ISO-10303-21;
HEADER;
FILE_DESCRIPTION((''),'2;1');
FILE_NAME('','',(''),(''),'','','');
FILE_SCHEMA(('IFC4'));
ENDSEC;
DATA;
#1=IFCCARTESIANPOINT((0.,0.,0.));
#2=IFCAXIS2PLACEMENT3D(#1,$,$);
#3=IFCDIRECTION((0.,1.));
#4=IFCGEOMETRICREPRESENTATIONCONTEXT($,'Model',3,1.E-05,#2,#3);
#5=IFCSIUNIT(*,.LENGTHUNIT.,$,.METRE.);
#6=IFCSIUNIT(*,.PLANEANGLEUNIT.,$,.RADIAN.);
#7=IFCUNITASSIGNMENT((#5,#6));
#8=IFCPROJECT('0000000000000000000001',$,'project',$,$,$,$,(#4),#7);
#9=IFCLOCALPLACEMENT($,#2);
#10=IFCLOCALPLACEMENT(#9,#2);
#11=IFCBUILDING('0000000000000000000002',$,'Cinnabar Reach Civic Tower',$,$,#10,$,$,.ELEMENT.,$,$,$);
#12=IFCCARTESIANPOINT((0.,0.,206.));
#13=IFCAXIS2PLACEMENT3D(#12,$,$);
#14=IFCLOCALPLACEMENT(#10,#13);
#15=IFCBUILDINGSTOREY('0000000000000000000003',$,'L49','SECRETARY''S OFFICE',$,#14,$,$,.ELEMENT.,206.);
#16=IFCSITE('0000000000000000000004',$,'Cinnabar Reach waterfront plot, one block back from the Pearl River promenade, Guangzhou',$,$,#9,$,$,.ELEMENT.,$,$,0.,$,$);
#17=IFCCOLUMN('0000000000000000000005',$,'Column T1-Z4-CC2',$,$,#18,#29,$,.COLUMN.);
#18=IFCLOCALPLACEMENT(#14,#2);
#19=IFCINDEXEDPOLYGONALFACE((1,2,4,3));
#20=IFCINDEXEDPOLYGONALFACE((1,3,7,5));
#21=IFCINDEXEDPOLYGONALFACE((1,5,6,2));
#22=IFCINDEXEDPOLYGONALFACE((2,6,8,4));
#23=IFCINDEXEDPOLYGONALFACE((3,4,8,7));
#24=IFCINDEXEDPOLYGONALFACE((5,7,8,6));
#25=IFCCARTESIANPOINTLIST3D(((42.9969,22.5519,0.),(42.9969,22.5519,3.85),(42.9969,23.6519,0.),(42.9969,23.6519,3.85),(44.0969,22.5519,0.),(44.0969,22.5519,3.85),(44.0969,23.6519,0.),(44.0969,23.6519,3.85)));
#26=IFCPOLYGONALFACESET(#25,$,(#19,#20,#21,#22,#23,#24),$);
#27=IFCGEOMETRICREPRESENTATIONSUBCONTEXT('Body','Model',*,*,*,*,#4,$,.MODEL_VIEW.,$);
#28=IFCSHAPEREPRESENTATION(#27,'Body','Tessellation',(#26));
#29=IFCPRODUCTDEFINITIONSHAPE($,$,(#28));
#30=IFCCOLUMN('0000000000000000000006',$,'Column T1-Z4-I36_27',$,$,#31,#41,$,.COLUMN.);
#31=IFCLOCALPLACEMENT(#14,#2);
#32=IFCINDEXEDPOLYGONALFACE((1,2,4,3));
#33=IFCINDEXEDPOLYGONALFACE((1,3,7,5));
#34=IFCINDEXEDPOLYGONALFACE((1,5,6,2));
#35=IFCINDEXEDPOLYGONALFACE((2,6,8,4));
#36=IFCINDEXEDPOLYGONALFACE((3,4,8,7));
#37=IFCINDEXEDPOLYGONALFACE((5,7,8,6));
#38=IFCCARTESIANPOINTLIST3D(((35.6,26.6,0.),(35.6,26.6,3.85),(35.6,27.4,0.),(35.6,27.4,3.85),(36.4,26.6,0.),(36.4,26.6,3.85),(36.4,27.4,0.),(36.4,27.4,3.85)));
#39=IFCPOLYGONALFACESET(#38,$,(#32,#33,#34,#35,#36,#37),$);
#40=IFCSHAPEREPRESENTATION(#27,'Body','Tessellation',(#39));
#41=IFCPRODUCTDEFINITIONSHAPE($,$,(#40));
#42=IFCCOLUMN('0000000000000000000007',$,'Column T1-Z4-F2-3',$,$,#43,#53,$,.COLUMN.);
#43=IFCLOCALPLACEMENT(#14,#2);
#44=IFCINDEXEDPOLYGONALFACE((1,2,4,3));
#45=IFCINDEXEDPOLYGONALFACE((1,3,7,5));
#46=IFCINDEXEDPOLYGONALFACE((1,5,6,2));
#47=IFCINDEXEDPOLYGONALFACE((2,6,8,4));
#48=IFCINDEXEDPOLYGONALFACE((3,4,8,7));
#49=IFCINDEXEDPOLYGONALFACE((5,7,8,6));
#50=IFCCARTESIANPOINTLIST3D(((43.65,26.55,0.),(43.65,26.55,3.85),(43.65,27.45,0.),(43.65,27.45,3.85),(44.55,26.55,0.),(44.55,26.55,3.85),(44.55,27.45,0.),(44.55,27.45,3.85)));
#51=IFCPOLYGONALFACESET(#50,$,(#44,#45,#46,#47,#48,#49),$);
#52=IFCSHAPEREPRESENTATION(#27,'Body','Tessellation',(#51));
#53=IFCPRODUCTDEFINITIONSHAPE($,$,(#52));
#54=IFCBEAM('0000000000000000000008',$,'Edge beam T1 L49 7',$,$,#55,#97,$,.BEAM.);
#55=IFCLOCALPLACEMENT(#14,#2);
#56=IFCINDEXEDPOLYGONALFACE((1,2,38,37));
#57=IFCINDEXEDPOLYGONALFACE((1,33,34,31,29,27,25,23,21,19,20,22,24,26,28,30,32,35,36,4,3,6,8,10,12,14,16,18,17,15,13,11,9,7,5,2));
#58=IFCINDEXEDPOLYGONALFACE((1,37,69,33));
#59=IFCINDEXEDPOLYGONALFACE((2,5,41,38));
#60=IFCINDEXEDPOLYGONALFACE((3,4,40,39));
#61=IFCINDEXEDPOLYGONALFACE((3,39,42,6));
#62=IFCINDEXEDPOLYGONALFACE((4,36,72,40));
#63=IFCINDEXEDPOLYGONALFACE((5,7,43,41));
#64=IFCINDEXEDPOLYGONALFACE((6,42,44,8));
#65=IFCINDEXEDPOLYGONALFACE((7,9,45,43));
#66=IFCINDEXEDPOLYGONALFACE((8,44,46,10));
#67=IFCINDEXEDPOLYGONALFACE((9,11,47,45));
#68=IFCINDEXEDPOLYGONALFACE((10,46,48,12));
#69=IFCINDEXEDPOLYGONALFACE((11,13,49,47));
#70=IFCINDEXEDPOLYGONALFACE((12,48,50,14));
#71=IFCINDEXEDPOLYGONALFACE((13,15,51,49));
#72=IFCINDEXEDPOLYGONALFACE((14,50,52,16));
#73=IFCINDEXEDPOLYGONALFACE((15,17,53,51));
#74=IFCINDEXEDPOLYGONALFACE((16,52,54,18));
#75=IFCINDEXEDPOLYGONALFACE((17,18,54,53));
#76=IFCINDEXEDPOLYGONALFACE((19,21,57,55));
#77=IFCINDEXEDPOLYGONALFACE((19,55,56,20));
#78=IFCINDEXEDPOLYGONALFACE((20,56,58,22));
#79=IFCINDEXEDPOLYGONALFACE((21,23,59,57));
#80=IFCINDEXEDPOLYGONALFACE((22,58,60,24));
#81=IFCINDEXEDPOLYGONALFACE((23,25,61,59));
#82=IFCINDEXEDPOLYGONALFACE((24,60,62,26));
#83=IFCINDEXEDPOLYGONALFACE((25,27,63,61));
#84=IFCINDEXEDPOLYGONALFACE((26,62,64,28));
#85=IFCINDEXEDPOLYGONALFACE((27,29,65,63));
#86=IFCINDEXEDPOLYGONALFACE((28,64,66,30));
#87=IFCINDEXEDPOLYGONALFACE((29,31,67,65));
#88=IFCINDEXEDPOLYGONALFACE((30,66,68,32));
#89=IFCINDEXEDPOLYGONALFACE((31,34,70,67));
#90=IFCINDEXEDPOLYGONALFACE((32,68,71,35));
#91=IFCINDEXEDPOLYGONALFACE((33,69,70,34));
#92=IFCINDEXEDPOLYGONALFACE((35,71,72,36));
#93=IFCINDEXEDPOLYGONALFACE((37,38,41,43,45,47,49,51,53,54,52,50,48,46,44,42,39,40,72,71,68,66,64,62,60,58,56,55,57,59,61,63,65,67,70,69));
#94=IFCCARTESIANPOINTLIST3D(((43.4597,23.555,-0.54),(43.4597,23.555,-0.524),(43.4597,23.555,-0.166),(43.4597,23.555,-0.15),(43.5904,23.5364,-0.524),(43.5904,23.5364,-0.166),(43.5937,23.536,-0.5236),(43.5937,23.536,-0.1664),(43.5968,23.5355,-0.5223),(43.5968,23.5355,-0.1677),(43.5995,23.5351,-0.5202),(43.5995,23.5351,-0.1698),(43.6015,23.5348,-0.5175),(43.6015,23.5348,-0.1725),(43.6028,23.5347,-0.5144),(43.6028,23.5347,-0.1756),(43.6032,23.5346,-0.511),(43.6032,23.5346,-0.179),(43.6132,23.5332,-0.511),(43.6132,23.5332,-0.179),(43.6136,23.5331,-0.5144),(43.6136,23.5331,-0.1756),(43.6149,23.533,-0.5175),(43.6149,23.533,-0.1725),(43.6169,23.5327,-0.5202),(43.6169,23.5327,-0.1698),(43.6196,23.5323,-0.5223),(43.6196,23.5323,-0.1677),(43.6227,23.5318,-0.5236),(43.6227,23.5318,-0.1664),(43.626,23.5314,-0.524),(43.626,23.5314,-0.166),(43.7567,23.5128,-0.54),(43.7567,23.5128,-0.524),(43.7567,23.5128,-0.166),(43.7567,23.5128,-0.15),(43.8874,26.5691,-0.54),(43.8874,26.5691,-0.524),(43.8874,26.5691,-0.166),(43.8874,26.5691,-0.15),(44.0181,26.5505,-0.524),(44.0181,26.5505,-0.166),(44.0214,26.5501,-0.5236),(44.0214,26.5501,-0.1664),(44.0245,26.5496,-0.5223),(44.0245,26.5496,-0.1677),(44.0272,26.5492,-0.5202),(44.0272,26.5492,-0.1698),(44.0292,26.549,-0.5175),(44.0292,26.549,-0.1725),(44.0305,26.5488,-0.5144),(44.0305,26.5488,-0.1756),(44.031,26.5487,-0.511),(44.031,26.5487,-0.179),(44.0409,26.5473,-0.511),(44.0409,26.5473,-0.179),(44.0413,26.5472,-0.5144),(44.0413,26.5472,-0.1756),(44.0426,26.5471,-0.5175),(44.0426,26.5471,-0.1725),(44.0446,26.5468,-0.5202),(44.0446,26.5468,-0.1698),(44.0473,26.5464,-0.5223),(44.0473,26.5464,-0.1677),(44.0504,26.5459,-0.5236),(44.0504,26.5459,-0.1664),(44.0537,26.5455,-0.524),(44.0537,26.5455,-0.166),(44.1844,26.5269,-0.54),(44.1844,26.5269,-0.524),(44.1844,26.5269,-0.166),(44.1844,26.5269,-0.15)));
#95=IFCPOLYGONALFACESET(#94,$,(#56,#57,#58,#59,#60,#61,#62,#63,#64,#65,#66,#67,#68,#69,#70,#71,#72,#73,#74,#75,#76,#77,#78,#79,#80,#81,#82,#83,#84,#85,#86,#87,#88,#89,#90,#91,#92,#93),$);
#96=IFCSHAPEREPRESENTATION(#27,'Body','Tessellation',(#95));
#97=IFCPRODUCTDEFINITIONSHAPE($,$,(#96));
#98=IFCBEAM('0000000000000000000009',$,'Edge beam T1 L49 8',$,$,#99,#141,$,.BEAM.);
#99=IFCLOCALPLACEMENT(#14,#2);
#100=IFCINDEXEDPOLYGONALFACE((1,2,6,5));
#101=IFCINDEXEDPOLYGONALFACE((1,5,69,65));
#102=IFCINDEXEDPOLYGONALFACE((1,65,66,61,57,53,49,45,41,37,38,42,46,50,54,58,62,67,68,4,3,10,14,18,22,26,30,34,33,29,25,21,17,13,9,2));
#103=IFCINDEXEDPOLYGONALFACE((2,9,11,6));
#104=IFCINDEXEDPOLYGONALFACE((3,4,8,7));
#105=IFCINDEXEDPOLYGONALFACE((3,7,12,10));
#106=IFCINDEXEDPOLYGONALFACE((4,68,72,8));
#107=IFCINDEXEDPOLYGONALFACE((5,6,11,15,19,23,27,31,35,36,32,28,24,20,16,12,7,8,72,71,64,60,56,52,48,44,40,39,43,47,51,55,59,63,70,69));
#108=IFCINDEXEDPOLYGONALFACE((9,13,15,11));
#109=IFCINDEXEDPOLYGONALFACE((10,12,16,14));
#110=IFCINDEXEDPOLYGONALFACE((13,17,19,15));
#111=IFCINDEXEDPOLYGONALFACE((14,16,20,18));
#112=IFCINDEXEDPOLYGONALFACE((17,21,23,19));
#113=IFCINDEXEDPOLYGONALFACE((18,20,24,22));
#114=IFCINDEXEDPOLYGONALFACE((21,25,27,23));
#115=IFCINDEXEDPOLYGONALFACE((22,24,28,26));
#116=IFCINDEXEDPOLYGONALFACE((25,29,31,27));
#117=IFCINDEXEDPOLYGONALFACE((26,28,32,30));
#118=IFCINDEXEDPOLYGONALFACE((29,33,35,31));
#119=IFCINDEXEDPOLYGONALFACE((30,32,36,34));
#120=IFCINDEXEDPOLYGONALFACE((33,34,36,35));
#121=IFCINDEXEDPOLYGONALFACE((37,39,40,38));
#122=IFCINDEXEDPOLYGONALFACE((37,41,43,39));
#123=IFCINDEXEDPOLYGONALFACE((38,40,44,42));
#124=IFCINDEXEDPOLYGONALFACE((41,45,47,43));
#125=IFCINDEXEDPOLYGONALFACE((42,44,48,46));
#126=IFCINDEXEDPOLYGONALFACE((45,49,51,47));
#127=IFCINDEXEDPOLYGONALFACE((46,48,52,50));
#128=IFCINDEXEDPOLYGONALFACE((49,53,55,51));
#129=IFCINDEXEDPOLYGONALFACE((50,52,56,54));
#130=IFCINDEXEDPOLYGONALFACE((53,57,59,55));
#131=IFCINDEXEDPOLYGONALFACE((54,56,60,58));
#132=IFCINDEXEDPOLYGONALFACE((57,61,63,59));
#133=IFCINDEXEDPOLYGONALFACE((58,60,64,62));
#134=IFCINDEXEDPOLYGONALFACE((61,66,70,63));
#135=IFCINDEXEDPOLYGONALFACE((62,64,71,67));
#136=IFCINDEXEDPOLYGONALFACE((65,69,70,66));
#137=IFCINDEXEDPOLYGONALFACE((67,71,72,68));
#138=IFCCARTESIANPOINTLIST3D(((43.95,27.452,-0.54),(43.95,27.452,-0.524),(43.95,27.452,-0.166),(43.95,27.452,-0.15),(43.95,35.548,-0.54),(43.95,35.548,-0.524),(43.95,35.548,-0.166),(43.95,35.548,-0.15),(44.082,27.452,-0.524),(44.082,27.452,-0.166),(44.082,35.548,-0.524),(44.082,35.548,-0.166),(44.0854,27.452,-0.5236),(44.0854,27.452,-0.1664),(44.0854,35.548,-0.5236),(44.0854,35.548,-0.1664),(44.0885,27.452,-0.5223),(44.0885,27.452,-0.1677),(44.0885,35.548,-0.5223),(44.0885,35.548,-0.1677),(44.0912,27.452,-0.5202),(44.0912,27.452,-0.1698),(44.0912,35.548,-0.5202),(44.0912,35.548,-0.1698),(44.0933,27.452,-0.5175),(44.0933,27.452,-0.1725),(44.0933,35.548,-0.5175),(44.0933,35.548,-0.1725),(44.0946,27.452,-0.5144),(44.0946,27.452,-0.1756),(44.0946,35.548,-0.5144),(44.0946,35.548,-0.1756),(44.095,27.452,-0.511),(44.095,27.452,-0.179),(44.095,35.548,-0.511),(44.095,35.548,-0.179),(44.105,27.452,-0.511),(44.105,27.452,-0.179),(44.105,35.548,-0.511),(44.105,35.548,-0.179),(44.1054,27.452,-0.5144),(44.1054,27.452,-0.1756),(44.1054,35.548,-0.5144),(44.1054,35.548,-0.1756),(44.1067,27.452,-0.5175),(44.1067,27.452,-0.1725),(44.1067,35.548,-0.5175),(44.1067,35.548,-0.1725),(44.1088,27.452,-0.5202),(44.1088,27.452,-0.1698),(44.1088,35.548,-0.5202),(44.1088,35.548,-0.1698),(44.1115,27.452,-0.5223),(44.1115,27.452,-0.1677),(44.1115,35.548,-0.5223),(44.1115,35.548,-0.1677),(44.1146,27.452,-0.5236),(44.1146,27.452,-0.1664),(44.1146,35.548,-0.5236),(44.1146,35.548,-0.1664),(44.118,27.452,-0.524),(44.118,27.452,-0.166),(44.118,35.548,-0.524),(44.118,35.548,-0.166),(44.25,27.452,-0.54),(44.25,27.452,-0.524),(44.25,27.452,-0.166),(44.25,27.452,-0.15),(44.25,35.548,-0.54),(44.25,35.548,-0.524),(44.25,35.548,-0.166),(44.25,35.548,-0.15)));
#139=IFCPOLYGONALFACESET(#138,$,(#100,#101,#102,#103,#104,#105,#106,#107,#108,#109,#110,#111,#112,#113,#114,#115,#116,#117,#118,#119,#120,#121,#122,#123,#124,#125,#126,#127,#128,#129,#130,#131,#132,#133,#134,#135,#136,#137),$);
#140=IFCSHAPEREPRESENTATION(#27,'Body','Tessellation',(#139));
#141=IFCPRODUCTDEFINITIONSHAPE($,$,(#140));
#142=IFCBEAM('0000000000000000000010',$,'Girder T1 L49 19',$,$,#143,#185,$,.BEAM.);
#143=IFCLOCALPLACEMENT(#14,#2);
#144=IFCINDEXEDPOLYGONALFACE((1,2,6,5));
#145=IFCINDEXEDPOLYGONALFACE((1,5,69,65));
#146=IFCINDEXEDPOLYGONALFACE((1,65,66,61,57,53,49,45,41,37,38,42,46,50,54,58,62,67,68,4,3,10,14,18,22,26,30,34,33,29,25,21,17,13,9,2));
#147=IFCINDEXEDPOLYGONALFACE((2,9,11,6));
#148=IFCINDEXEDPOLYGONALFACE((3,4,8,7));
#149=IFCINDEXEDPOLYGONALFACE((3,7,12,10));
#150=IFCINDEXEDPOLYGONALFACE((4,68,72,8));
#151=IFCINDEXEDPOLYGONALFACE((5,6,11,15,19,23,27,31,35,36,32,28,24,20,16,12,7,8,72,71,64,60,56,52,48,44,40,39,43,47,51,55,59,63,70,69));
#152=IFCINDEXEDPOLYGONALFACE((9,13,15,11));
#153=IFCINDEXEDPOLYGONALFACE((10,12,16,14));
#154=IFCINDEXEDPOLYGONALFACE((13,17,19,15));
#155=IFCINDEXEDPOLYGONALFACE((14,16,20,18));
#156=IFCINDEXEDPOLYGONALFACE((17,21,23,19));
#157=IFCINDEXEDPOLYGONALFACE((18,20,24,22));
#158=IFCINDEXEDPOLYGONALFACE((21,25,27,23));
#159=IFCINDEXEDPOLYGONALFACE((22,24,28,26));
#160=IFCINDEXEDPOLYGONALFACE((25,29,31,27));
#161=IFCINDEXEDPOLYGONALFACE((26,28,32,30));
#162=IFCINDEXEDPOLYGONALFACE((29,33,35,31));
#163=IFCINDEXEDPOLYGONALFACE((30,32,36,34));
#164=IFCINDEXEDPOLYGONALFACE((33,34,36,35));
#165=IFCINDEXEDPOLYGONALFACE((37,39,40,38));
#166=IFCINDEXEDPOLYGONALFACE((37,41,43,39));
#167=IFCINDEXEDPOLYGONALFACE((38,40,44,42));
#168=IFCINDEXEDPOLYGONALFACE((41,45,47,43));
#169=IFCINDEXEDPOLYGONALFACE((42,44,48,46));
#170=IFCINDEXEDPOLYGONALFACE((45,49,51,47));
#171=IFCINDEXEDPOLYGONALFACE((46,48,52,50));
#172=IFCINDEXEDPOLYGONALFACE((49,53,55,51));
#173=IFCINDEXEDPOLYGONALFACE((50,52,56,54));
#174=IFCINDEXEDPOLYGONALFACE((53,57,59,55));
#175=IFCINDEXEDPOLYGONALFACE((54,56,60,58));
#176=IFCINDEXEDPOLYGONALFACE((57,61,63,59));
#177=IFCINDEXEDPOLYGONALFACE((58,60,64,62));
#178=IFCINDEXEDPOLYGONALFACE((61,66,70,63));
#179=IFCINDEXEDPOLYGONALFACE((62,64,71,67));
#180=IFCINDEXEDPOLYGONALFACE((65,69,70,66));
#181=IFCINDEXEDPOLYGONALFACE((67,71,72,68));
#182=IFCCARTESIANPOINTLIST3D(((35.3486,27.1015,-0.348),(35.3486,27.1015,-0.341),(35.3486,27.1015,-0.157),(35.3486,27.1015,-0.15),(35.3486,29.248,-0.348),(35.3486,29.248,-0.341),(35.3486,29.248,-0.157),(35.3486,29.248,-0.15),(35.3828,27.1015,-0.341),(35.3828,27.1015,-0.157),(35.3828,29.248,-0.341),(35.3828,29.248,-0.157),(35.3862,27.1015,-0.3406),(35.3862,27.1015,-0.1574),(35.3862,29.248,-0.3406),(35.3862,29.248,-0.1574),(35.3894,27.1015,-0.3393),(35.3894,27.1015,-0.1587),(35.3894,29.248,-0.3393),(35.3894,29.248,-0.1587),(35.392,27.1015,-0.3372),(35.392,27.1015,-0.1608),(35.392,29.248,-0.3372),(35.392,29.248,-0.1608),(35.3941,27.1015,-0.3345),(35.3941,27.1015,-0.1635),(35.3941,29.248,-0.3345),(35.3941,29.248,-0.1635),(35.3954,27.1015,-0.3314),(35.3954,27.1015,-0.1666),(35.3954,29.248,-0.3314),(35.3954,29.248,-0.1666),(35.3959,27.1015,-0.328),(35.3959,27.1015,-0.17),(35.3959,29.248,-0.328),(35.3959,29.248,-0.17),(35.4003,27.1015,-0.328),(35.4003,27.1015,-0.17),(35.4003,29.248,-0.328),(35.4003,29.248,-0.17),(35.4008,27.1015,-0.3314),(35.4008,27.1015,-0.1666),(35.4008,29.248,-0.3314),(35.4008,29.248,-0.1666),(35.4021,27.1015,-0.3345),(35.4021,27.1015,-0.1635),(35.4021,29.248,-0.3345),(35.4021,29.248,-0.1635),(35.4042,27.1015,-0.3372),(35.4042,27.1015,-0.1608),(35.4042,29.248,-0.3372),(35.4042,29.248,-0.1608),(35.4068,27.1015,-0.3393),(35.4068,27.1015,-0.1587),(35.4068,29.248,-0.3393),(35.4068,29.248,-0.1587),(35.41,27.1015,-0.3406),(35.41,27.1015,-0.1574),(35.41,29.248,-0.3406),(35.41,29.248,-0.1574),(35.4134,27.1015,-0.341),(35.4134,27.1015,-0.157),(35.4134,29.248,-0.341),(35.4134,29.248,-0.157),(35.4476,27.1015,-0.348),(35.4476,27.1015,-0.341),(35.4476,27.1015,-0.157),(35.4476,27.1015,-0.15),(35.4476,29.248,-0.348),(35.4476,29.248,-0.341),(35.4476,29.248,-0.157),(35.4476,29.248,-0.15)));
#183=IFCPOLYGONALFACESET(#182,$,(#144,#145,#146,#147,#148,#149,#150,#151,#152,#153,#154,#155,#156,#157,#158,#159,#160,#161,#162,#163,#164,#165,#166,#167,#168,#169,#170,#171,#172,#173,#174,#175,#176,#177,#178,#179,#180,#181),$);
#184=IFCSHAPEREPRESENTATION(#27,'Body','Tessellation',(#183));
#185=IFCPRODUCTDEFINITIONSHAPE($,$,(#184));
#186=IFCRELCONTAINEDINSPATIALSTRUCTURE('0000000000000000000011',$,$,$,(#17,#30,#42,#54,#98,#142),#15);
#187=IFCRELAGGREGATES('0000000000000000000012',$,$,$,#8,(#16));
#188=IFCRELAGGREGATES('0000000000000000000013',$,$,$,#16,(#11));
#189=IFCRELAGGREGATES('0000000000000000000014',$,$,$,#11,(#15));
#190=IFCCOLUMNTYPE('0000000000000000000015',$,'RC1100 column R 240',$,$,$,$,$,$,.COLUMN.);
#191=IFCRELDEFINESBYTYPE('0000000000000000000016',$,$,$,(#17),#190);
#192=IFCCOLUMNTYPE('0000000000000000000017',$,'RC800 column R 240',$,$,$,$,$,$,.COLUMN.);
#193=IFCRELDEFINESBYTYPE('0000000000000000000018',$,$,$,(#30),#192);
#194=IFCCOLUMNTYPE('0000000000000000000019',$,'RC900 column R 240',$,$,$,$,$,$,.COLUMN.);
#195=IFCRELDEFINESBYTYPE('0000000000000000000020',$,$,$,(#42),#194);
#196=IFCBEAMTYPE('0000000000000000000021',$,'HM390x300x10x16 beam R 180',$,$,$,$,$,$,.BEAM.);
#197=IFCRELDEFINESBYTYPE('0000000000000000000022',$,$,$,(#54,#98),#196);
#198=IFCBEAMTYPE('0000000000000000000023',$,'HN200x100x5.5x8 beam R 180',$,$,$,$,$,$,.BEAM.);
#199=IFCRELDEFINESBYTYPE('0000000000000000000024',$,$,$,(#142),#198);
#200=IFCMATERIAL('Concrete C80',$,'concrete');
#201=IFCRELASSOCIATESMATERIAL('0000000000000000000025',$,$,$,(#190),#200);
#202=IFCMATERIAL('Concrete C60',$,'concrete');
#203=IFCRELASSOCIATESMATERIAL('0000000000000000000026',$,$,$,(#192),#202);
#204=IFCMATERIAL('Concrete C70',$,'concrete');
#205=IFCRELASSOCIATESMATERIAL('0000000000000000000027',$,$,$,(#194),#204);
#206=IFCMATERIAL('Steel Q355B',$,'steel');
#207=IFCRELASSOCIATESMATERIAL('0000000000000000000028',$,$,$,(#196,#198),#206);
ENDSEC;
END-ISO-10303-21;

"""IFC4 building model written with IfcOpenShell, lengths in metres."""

from ifc_helpers import new_model, si_unit, direction, frame, origin, origin_2d, place, context, subcontext, project, spatial, rectangle, i_section, extrude, material, material_profile, profile_set, type_object, element, save


model = new_model("IFC4")

# Units and contexts
model_context = context("Model", 3, precision=1e-05, world=origin(), true_north=direction((0.0, 1.0)))
body_context = subcontext(model_context, "Body", "Model", "MODEL_VIEW")
ifc_project = project(units=[si_unit("LENGTHUNIT", "METRE"), si_unit("PLANEANGLEUNIT", "RADIAN")], contexts=[model_context])

# Site, building, storey
site_placement = place(None, origin())
site = spatial("IfcSite", under=ifc_project, at=site_placement, Name="Cinnabar Reach waterfront plot, one block back from the Pearl River promenade, Guangzhou", CompositionType="ELEMENT", RefElevation=0.0)
building_placement = place(site_placement, origin())
building = spatial("IfcBuilding", under=site, at=building_placement, Name="Cinnabar Reach Civic Tower", CompositionType="ELEMENT")
storey_placement = place(building_placement, frame((0.0, 0.0, 206.0)))
storey = spatial("IfcBuildingStorey", under=building, at=storey_placement, Name="L49", Description="SECRETARY'S OFFICE", CompositionType="ELEMENT", Elevation=206.0)

# Columns
ifc_material_1 = material(Name="Concrete C80", Category="concrete")
ifc_material_profile_1 = material_profile(ifc_material_1, rectangle(XDim=1.1, YDim=1.1, at=origin_2d()), Name="RC1100")
ifc_profile_set_1 = profile_set([ifc_material_profile_1], Name="Concrete C80")
column_type_1 = type_object("IfcColumnType", Name="RC1100 column R 240", PredefinedType="COLUMN", material=ifc_profile_set_1)
column_1_placement = place(storey_placement, frame((43.5469, 23.1019, 0.0), z_axis=(0.0, 0.0, 1.0), x_axis=(1.0, 0.0, 0.0)))
element("IfcColumn", 1, at=column_1_placement, inside=storey, type_object=column_type_1, Name="Column T1-Z4-CC2", PredefinedType="COLUMN", context=body_context, shape_type="SweptSolid", body=[
    extrude(rectangle(XDim=1.1, YDim=1.1, at=origin_2d()), origin(), (0.0, 0.0, 1.0), 3.85),
])
ifc_material_2 = material(Name="Concrete C60", Category="concrete")
ifc_material_profile_2 = material_profile(ifc_material_2, rectangle(XDim=0.8, YDim=0.8, at=origin_2d()), Name="RC800")
ifc_profile_set_2 = profile_set([ifc_material_profile_2], Name="Concrete C60")
column_type_2 = type_object("IfcColumnType", Name="RC800 column R 240", PredefinedType="COLUMN", material=ifc_profile_set_2)
column_2_placement = place(storey_placement, frame((36.0, 27.0, 0.0), z_axis=(0.0, 0.0, 1.0), x_axis=(1.0, 0.0, 0.0)))
element("IfcColumn", 2, at=column_2_placement, inside=storey, type_object=column_type_2, Name="Column T1-Z4-I36_27", PredefinedType="COLUMN", context=body_context, shape_type="SweptSolid", body=[
    extrude(rectangle(XDim=0.8, YDim=0.8, at=origin_2d()), origin(), (0.0, 0.0, 1.0), 3.85),
])
ifc_material_3 = material(Name="Concrete C70", Category="concrete")
ifc_material_profile_3 = material_profile(ifc_material_3, rectangle(XDim=0.9, YDim=0.9, at=origin_2d()), Name="RC900")
ifc_profile_set_3 = profile_set([ifc_material_profile_3], Name="Concrete C70")
column_type_3 = type_object("IfcColumnType", Name="RC900 column R 240", PredefinedType="COLUMN", material=ifc_profile_set_3)
column_3_placement = place(storey_placement, frame((44.1, 27.0, 0.0), z_axis=(0.0, 0.0, 1.0), x_axis=(1.0, 0.0, 0.0)))
element("IfcColumn", 3, at=column_3_placement, inside=storey, type_object=column_type_3, Name="Column T1-Z4-F2-3", PredefinedType="COLUMN", context=body_context, shape_type="SweptSolid", body=[
    extrude(rectangle(XDim=0.9, YDim=0.9, at=origin_2d()), origin(), (0.0, 0.0, 1.0), 3.85),
])

# Beams
ifc_material_4 = material(Name="Steel Q355B", Category="steel")
ifc_material_profile_4 = material_profile(ifc_material_4, i_section(OverallWidth=0.3, OverallDepth=0.39, WebThickness=0.01, FlangeThickness=0.016, FilletRadius=0.013, at=origin_2d()), Name="HM390x300x10x16")
ifc_profile_set_4 = profile_set([ifc_material_profile_4], Name="Steel Q355B")
beam_type_1 = type_object("IfcBeamType", Name="HM390x300x10x16 beam R 180", PredefinedType="BEAM", material=ifc_profile_set_4)
beam_1_placement = place(storey_placement, frame((43.6082, 23.5339, -0.345), z_axis=(0.140492, 0.990082, 0.0), x_axis=(-0.990082, 0.140492, 0.0)))
element("IfcBeam", 4, at=beam_1_placement, inside=storey, type_object=beam_type_1, Name="Edge beam T1 L49 7", PredefinedType="BEAM", context=body_context, shape_type="SweptSolid", body=[
    extrude(i_section(OverallWidth=0.3, OverallDepth=0.39, WebThickness=0.01, FlangeThickness=0.016, FilletRadius=0.013, at=origin_2d()), origin(), (0.0, 0.0, 1.0), 3.0443),
])
beam_2_placement = place(storey_placement, frame((44.1, 27.452, -0.345), z_axis=(0.0, 1.0, 0.0), x_axis=(-1.0, 0.0, 0.0)))
element("IfcBeam", 5, at=beam_2_placement, inside=storey, type_object=beam_type_1, Name="Edge beam T1 L49 8", PredefinedType="BEAM", context=body_context, shape_type="SweptSolid", body=[
    extrude(i_section(OverallWidth=0.3, OverallDepth=0.39, WebThickness=0.01, FlangeThickness=0.016, FilletRadius=0.013, at=origin_2d()), origin(), (0.0, 0.0, 1.0), 8.096),
])
ifc_material_profile_5 = material_profile(ifc_material_4, i_section(OverallWidth=0.099, OverallDepth=0.198, WebThickness=0.0045, FlangeThickness=0.007, FilletRadius=0.013, at=origin_2d()), Name="HN200x100x5.5x8")
ifc_profile_set_5 = profile_set([ifc_material_profile_5], Name="Steel Q355B")
beam_type_2 = type_object("IfcBeamType", Name="HN200x100x5.5x8 beam R 180", PredefinedType="BEAM", material=ifc_profile_set_5)
beam_3_placement = place(storey_placement, frame((35.3981, 27.1015, -0.249), z_axis=(0.0, 1.0, 0.0), x_axis=(-1.0, 0.0, 0.0)))
element("IfcBeam", 6, at=beam_3_placement, inside=storey, type_object=beam_type_2, Name="Girder T1 L49 19", PredefinedType="BEAM", context=body_context, shape_type="SweptSolid", body=[
    extrude(i_section(OverallWidth=0.099, OverallDepth=0.198, WebThickness=0.0045, FlangeThickness=0.007, FilletRadius=0.013, at=origin_2d()), origin(), (0.0, 0.0, 1.0), 2.1465),
])

save(model, "model.ifc")
